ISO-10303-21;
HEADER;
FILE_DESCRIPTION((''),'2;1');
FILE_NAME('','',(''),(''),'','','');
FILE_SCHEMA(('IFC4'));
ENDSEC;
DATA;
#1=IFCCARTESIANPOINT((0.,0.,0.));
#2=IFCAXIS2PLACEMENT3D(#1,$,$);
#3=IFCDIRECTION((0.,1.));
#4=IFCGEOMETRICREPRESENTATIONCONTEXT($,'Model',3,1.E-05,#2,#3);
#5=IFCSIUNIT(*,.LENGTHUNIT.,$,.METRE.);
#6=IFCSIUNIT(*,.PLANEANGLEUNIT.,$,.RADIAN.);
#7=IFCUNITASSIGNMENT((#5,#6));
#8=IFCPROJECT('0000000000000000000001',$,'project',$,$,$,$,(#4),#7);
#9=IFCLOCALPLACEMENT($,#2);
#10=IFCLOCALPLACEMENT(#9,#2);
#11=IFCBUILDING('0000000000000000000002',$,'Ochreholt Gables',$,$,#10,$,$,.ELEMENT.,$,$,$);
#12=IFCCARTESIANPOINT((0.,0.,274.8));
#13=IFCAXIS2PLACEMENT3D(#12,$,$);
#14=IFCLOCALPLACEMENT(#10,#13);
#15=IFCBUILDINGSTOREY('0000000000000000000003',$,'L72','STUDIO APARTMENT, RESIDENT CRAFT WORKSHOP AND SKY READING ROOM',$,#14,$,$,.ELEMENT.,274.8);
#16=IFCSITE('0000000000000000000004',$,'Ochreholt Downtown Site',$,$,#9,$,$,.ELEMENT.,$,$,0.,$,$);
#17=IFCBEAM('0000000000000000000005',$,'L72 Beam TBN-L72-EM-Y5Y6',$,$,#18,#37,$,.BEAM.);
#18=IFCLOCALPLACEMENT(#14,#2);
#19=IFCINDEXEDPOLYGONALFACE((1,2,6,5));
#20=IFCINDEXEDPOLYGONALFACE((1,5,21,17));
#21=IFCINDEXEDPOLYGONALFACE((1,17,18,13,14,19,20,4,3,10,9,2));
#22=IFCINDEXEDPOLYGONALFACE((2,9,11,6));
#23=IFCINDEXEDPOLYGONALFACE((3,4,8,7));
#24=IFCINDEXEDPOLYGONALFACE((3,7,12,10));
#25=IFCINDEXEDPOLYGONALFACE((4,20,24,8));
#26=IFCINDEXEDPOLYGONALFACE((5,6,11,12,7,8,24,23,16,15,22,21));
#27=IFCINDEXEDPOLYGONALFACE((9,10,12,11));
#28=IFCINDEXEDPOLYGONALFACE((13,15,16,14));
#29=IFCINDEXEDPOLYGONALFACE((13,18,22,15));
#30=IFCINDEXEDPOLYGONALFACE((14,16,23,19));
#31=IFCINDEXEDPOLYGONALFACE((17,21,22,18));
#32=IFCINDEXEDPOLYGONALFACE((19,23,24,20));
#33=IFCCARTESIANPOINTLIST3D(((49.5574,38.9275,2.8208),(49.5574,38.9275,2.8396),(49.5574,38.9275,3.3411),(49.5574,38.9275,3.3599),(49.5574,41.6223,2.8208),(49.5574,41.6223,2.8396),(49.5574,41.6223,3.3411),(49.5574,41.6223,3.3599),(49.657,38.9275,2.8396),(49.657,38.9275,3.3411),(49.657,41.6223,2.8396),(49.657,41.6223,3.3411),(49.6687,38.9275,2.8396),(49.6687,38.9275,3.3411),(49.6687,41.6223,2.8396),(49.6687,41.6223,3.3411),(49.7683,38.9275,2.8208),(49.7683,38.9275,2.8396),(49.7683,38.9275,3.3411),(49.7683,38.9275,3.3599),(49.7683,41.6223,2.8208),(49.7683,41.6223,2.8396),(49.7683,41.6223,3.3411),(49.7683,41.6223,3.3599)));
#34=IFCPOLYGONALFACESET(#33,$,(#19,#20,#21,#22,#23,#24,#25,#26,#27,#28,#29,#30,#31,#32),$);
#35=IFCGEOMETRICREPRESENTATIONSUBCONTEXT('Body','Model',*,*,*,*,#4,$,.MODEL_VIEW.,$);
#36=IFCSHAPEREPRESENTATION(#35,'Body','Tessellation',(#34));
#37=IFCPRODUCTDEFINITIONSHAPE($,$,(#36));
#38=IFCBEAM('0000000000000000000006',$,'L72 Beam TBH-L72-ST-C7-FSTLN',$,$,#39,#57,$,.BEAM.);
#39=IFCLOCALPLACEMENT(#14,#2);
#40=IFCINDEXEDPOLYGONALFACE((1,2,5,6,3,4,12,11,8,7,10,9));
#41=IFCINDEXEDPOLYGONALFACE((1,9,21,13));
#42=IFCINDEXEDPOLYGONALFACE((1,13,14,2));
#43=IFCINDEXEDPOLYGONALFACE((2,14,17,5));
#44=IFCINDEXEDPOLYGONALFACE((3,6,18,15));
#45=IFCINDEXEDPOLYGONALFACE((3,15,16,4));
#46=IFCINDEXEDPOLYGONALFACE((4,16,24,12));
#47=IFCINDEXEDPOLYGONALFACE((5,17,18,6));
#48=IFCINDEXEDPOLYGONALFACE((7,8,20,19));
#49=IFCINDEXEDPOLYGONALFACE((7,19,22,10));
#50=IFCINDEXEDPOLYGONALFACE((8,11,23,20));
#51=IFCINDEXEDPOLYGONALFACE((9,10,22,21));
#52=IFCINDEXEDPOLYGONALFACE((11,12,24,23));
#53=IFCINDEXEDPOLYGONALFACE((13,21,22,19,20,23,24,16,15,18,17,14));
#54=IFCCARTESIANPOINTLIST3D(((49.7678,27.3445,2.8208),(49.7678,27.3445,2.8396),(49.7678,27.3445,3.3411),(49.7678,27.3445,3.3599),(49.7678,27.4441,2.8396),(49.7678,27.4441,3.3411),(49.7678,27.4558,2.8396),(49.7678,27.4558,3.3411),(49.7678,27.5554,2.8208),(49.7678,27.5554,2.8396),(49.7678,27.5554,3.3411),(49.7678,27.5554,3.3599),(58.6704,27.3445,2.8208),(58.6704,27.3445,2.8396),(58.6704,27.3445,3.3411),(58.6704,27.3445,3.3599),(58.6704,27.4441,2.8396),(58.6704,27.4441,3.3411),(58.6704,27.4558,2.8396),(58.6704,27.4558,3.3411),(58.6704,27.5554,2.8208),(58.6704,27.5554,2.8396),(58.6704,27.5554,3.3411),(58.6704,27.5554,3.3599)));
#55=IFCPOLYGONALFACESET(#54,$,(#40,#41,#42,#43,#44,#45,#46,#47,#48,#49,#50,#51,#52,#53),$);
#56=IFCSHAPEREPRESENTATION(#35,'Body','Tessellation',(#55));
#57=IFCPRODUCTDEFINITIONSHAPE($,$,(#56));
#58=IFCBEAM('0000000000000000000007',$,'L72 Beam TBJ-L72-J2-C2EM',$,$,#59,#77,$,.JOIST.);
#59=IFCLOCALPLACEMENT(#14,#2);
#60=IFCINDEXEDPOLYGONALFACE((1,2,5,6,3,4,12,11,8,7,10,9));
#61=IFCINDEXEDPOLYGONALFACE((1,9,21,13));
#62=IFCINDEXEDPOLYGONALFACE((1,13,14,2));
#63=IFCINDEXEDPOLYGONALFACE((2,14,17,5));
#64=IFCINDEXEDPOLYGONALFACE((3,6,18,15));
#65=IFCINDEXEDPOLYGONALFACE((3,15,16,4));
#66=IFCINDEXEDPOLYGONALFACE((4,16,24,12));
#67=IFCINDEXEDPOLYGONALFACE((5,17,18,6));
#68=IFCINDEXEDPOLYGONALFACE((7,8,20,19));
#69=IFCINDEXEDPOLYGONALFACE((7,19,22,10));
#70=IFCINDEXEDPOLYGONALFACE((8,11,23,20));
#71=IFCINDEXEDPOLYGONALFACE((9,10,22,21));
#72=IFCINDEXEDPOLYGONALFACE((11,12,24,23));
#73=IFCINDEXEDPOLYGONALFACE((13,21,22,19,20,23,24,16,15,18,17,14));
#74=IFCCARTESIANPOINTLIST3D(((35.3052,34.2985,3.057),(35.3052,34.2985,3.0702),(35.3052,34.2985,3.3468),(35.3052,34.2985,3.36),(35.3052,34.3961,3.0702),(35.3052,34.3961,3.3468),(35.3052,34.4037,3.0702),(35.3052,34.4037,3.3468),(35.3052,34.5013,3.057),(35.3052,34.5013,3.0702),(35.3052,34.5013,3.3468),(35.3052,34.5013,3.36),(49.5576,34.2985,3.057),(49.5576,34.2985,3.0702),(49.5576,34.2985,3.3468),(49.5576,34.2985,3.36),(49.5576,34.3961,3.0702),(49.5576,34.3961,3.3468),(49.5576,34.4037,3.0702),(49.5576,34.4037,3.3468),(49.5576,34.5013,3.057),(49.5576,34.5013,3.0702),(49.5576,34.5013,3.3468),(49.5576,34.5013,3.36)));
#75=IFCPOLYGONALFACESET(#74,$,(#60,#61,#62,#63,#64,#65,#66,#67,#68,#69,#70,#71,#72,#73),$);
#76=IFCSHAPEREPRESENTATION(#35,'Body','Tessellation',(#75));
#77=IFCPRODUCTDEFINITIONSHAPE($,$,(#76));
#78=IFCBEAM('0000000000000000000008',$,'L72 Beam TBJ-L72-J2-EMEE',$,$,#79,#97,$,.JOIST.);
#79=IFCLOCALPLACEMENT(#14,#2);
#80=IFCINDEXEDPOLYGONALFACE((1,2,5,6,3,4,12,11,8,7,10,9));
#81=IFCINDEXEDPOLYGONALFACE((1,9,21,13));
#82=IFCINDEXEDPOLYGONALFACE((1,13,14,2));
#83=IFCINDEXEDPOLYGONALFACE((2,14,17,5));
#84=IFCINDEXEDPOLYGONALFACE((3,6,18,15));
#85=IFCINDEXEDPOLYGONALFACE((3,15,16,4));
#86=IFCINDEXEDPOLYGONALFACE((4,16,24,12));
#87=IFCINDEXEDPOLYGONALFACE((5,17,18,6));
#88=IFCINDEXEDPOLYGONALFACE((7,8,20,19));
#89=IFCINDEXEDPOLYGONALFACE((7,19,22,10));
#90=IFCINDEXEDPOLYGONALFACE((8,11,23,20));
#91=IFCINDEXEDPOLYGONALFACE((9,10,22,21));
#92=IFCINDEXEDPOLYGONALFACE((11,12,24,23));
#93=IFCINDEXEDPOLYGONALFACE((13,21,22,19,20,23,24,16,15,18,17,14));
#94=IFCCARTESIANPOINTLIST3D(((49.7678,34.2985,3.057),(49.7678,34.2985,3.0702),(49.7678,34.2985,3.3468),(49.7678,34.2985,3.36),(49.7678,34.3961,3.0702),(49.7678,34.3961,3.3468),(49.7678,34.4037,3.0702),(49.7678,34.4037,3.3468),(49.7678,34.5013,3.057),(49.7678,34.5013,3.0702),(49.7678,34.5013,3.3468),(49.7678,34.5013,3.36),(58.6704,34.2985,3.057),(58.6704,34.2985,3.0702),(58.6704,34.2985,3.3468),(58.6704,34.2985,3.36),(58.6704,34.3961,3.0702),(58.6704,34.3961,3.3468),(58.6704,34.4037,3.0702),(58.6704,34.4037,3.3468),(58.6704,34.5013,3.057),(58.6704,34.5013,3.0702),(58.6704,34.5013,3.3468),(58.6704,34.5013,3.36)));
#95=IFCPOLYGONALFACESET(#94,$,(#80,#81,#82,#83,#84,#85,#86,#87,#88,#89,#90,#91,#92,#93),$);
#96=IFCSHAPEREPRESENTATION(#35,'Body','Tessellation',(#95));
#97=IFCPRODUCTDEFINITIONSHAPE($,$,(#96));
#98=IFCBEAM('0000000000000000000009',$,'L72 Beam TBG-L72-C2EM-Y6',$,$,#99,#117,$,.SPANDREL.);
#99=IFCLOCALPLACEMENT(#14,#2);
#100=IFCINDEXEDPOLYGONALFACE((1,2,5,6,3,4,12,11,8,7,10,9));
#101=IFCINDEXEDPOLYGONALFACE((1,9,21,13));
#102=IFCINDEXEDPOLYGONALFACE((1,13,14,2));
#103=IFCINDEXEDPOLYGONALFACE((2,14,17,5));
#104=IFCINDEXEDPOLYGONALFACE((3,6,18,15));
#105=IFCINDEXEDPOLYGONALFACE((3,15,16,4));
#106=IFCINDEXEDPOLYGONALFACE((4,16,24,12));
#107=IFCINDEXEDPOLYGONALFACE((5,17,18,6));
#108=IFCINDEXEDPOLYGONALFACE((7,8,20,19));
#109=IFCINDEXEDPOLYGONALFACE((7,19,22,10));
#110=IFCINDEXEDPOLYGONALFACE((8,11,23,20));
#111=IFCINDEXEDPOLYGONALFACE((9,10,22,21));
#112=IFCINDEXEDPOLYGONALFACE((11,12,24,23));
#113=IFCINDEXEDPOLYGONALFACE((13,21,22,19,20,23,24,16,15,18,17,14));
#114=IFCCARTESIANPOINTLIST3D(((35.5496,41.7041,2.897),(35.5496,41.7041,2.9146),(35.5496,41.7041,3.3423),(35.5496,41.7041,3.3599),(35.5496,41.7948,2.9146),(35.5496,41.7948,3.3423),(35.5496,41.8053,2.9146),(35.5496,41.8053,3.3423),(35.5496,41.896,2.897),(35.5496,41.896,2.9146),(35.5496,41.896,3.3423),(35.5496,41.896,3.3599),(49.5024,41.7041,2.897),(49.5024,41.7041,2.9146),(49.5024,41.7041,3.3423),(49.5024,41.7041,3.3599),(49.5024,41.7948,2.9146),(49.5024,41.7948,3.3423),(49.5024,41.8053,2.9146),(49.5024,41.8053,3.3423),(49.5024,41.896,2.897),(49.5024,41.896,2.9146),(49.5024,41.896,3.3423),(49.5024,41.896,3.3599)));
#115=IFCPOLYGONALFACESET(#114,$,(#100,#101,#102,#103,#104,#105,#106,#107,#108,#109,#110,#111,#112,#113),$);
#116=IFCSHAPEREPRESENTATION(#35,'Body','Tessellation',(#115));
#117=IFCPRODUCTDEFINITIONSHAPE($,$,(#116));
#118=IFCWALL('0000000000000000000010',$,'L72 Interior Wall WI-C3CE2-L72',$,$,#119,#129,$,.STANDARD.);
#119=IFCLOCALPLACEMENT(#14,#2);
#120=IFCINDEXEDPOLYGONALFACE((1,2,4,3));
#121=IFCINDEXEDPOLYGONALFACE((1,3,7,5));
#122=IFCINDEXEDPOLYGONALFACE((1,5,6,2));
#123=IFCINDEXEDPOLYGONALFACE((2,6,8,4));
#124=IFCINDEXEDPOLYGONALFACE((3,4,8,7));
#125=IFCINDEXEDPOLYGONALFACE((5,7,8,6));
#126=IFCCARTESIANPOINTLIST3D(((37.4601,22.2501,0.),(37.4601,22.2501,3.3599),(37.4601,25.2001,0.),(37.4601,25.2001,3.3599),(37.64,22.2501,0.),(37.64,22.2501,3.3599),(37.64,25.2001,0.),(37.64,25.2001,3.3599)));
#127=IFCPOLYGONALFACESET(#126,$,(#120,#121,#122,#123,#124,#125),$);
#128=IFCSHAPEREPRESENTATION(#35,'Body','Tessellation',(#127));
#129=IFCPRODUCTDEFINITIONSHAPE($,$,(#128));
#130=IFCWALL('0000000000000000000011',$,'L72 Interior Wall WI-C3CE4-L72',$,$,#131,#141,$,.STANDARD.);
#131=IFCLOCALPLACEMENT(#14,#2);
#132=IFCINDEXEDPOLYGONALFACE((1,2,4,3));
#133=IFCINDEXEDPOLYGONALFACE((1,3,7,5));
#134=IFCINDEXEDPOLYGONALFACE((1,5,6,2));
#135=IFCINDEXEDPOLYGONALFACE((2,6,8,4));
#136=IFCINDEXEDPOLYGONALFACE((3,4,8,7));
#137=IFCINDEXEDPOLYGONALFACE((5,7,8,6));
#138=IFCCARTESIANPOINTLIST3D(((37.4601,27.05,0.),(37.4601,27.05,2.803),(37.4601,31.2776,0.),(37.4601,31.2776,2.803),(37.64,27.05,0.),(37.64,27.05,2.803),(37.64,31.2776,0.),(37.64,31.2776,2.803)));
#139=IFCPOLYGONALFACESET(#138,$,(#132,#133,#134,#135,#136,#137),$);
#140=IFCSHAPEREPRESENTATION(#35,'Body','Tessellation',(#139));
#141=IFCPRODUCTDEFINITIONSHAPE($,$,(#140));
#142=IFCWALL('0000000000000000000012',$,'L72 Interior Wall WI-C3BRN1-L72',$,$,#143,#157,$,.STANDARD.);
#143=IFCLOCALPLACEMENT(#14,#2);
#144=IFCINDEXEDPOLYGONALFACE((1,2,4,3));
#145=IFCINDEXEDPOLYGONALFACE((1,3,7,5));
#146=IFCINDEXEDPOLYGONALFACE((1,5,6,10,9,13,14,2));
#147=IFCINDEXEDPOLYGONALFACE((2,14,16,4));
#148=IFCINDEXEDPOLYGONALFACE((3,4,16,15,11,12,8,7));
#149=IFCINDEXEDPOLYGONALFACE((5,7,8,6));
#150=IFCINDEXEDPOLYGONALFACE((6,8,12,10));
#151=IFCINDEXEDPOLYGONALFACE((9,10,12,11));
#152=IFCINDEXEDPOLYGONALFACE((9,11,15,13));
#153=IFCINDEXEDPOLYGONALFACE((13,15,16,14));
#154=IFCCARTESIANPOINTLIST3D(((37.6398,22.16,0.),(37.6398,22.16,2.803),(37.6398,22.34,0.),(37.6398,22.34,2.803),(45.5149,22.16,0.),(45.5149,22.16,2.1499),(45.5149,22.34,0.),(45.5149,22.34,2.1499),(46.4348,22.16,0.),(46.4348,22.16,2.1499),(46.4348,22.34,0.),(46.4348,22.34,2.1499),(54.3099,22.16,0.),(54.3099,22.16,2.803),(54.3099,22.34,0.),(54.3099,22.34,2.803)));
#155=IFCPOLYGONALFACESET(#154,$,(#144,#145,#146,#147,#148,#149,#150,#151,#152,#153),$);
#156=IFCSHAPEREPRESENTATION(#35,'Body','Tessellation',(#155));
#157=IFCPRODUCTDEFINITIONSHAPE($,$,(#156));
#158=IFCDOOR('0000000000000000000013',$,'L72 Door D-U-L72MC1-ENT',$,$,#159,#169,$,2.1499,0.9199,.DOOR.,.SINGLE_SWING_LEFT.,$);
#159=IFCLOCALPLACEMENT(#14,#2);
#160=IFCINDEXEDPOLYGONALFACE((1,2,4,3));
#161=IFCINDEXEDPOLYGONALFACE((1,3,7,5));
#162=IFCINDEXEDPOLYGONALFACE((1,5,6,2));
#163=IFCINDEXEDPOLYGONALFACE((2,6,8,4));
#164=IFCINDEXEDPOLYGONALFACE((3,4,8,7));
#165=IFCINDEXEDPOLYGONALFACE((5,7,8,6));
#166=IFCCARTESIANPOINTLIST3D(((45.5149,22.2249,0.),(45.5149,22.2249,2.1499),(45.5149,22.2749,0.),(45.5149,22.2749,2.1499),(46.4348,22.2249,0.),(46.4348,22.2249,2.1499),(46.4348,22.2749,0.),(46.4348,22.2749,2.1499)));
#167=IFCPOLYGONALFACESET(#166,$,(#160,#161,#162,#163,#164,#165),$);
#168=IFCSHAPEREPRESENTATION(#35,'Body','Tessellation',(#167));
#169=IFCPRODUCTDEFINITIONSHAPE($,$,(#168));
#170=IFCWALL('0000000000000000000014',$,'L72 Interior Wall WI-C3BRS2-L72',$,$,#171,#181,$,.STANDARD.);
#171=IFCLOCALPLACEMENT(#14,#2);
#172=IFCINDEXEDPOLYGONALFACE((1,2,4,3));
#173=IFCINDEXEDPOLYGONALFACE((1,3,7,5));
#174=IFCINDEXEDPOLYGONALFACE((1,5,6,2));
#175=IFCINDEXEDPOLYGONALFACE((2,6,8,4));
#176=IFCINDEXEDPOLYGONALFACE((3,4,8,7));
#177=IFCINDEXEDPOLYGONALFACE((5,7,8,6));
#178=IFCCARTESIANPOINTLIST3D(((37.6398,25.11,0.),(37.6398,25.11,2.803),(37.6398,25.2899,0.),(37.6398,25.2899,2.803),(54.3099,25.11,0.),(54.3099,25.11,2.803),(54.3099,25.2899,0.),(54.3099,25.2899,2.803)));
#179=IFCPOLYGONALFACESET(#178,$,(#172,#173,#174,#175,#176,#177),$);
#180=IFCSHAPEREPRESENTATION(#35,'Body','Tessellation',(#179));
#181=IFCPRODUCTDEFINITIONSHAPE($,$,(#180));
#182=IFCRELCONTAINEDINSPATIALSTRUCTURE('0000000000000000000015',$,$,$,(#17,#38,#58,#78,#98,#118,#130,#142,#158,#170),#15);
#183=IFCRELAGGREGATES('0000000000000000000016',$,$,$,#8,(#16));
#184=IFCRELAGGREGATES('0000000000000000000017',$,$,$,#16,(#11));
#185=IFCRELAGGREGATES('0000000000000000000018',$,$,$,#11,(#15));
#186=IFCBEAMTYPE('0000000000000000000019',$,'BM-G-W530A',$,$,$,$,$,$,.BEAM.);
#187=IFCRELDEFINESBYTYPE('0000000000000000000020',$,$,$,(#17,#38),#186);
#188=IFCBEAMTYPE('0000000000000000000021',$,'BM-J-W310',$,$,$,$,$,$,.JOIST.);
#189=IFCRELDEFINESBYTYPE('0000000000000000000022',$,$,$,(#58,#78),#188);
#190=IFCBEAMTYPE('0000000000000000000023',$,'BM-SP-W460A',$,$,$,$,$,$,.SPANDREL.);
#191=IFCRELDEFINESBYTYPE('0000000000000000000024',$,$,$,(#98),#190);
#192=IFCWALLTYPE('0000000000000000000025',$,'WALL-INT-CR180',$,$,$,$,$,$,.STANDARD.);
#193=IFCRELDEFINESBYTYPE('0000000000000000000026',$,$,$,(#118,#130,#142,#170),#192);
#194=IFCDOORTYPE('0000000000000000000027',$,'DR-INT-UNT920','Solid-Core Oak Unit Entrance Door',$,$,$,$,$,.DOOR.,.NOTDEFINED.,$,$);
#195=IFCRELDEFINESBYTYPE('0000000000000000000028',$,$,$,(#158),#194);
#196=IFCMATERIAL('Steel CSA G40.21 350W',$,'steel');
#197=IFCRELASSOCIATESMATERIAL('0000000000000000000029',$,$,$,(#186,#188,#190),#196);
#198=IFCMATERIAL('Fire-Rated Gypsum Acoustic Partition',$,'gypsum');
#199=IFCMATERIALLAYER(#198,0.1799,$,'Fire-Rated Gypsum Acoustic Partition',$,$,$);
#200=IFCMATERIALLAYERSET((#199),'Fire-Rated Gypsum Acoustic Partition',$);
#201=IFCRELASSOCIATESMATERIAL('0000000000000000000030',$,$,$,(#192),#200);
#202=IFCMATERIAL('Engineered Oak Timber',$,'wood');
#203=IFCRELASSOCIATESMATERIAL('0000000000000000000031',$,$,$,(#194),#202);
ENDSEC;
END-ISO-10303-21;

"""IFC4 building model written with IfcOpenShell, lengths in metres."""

from ifc_helpers import new_model, si_unit, direction, frame, frame_2d, origin, origin_2d, place, context, subcontext, project, spatial, rectangle, i_section, extrude, material, layer, layer_set, material_profile, profile_set, type_object, element, fill, save


model = new_model("IFC4")

# Units and contexts
model_context = context("Model", 3, precision=1e-05, world=origin(), true_north=direction((0.0, 1.0)))
body_context = subcontext(model_context, "Body", "Model", "MODEL_VIEW")
ifc_project = project(units=[si_unit("LENGTHUNIT", "METRE"), si_unit("PLANEANGLEUNIT", "RADIAN")], contexts=[model_context])

# Site, building, storey
site_placement = place(None, origin())
site = spatial("IfcSite", under=ifc_project, at=site_placement, Name="Ochreholt Downtown Site", CompositionType="ELEMENT", RefElevation=0.0)
building_placement = place(site_placement, origin())
building = spatial("IfcBuilding", under=site, at=building_placement, Name="Ochreholt Gables", CompositionType="ELEMENT")
storey_placement = place(building_placement, frame((0.0, 0.0, 274.8)))
storey = spatial("IfcBuildingStorey", under=building, at=storey_placement, Name="L72", Description="STUDIO APARTMENT, RESIDENT CRAFT WORKSHOP AND SKY READING ROOM", CompositionType="ELEMENT", Elevation=274.8)

# Shared definitions
ifc_material_1 = material(Name="Steel CSA G40.21 350W", Category="steel")

# Beams
ifc_material_profile_1 = material_profile(ifc_material_1, i_section(OverallWidth=0.2109, OverallDepth=0.5391, WebThickness=0.0117, FlangeThickness=0.0188, at=origin_2d()), Name="W530X109")
ifc_profile_set_1 = profile_set([ifc_material_profile_1], Name="Steel CSA G40.21 350W")
beam_type_1 = type_object("IfcBeamType", Name="BM-G-W530A", PredefinedType="BEAM", material=ifc_profile_set_1)
beam_1_placement = place(storey_placement, frame((49.6628, 38.9275, 3.0903), z_axis=(0.0, 1.0, 0.0), x_axis=(-1.0, 0.0, 0.0)))
element("IfcBeam", 1, at=beam_1_placement, inside=storey, type_object=beam_type_1, Name="L72 Beam TBN-L72-EM-Y5Y6", PredefinedType="BEAM", context=body_context, shape_type="SweptSolid", body=[
    extrude(i_section(OverallWidth=0.2109, OverallDepth=0.5391, WebThickness=0.0117, FlangeThickness=0.0188, at=origin_2d()), origin(), (0.0, 0.0, 1.0), 2.6948),
])
beam_2_placement = place(storey_placement, frame((49.7678, 27.45, 3.0903), z_axis=(1.0, 0.0, 0.0), x_axis=(0.0, 1.0, 0.0)))
element("IfcBeam", 2, at=beam_2_placement, inside=storey, type_object=beam_type_1, Name="L72 Beam TBH-L72-ST-C7-FSTLN", PredefinedType="BEAM", context=body_context, shape_type="SweptSolid", body=[
    extrude(i_section(OverallWidth=0.2109, OverallDepth=0.5391, WebThickness=0.0117, FlangeThickness=0.0188, at=origin_2d()), origin(), (0.0, 0.0, 1.0), 8.9026),
])
ifc_material_profile_2 = material_profile(ifc_material_1, i_section(OverallWidth=0.2029, OverallDepth=0.303, WebThickness=0.0076, FlangeThickness=0.0132, at=origin_2d()), Name="W310X60")
ifc_profile_set_2 = profile_set([ifc_material_profile_2], Name="Steel CSA G40.21 350W")
beam_type_2 = type_object("IfcBeamType", Name="BM-J-W310", PredefinedType="JOIST", material=ifc_profile_set_2)
beam_3_placement = place(storey_placement, frame((35.3052, 34.3999, 3.2085), z_axis=(1.0, 0.0, 0.0), x_axis=(0.0, 1.0, 0.0)))
element("IfcBeam", 3, at=beam_3_placement, inside=storey, type_object=beam_type_2, Name="L72 Beam TBJ-L72-J2-C2EM", PredefinedType="JOIST", context=body_context, shape_type="SweptSolid", body=[
    extrude(i_section(OverallWidth=0.2029, OverallDepth=0.303, WebThickness=0.0076, FlangeThickness=0.0132, at=origin_2d()), origin(), (0.0, 0.0, 1.0), 14.2524),
])
beam_4_placement = place(storey_placement, frame((49.7678, 34.3999, 3.2085), z_axis=(1.0, 0.0, 0.0), x_axis=(0.0, 1.0, 0.0)))
element("IfcBeam", 4, at=beam_4_placement, inside=storey, type_object=beam_type_2, Name="L72 Beam TBJ-L72-J2-EMEE", PredefinedType="JOIST", context=body_context, shape_type="SweptSolid", body=[
    extrude(i_section(OverallWidth=0.2029, OverallDepth=0.303, WebThickness=0.0076, FlangeThickness=0.0132, at=origin_2d()), origin(), (0.0, 0.0, 1.0), 8.9026),
])
ifc_material_profile_3 = material_profile(ifc_material_1, i_section(OverallWidth=0.1919, OverallDepth=0.4629, WebThickness=0.0105, FlangeThickness=0.0176, at=origin_2d()), Name="W460X89")
ifc_profile_set_3 = profile_set([ifc_material_profile_3], Name="Steel CSA G40.21 350W")
beam_type_3 = type_object("IfcBeamType", Name="BM-SP-W460A", PredefinedType="SPANDREL", material=ifc_profile_set_3)
beam_5_placement = place(storey_placement, frame((35.5496, 41.8, 3.1284), z_axis=(1.0, 0.0, 0.0), x_axis=(0.0, 1.0, 0.0)))
element("IfcBeam", 5, at=beam_5_placement, inside=storey, type_object=beam_type_3, Name="L72 Beam TBG-L72-C2EM-Y6", PredefinedType="SPANDREL", context=body_context, shape_type="SweptSolid", body=[
    extrude(i_section(OverallWidth=0.1919, OverallDepth=0.4629, WebThickness=0.0105, FlangeThickness=0.0176, at=origin_2d()), origin(), (0.0, 0.0, 1.0), 13.9529),
])

# Walls
ifc_material_2 = material(Name="Fire-Rated Gypsum Acoustic Partition", Category="gypsum")
ifc_layer_1 = layer(ifc_material_2, 0.1799, Name="Fire-Rated Gypsum Acoustic Partition")
ifc_layer_set_1 = layer_set([ifc_layer_1], Name="Fire-Rated Gypsum Acoustic Partition")
wall_type_1 = type_object("IfcWallType", Name="WALL-INT-CR180", PredefinedType="STANDARD", material=ifc_layer_set_1)
wall_1_placement = place(storey_placement, frame((37.55, 22.25, 0.0), z_axis=(0.0, 0.0, 1.0), x_axis=(0.0, 1.0, 0.0)))
element("IfcWall", 6, at=wall_1_placement, inside=storey, type_object=wall_type_1, Name="L72 Interior Wall WI-C3CE2-L72", PredefinedType="STANDARD", context=body_context, shape_type="SweptSolid", body=[
    extrude(rectangle(XDim=2.95, YDim=0.1799, at=frame_2d((1.4751, 0.0))), origin(), (0.0, 0.0, 1.0), 3.3599),
])
wall_2_placement = place(storey_placement, frame((37.55, 27.05, 0.0), z_axis=(0.0, 0.0, 1.0), x_axis=(0.0, 1.0, 0.0)))
element("IfcWall", 7, at=wall_2_placement, inside=storey, type_object=wall_type_1, Name="L72 Interior Wall WI-C3CE4-L72", PredefinedType="STANDARD", context=body_context, shape_type="SweptSolid", body=[
    extrude(rectangle(XDim=4.2275, YDim=0.1799, at=frame_2d((2.1138, 0.0))), origin(), (0.0, 0.0, 1.0), 2.803),
])

# Wall, opening, door
wall_3_placement = place(storey_placement, frame((37.6399, 22.25, 0.0), z_axis=(0.0, 0.0, 1.0), x_axis=(1.0, 0.0, 0.0)))
wall_3 = element("IfcWall", 8, at=wall_3_placement, inside=storey, type_object=wall_type_1, Name="L72 Interior Wall WI-C3BRN1-L72", PredefinedType="STANDARD", context=body_context, shape_type="SweptSolid", body=[
    extrude(rectangle(XDim=16.6702, YDim=0.1799, at=frame_2d((8.335, 0.0))), origin(), (0.0, 0.0, 1.0), 2.803),
])
opening_1_placement = place(wall_3_placement, frame((7.875, 0.0, 0.0)))
opening_1 = element("IfcOpeningElement", 9, at=opening_1_placement, cuts=wall_3, PredefinedType="OPENING", context=body_context, shape_type="SweptSolid", body=[
    extrude(rectangle(XDim=0.9199, YDim=2.1499, at=frame_2d((0.46, 1.075))), frame((0.0, 0.0999, 0.0), z_axis=(0.0, -1.0, 0.0), x_axis=(1.0, 0.0, 0.0)), (0.0, 0.0, 1.0), 0.2),
])
ifc_material_3 = material(Name="Engineered Oak Timber", Category="wood")
door_type_1 = type_object("IfcDoorType", Name="DR-INT-UNT920", Description="Solid-Core Oak Unit Entrance Door", OperationType="NOTDEFINED", PredefinedType="DOOR", material=ifc_material_3)
door_1_placement = place(opening_1_placement, origin())
door_1 = element("IfcDoor", 10, at=door_1_placement, inside=storey, type_object=door_type_1, Name="L72 Door D-U-L72MC1-ENT", OperationType="SINGLE_SWING_LEFT", OverallHeight=2.1499, OverallWidth=0.9199, PredefinedType="DOOR", context=body_context, shape_type="SweptSolid", body=[
    extrude(rectangle(XDim=0.9199, YDim=2.1499, at=frame_2d((0.46, 1.075))), frame((0.0, 0.0249, 0.0), z_axis=(0.0, -1.0, 0.0), x_axis=(1.0, 0.0, 0.0)), (0.0, 0.0, 1.0), 0.05),
])
fill(opening_1, door_1)

# Wall
wall_4_placement = place(storey_placement, frame((37.6399, 25.2, 0.0), z_axis=(0.0, 0.0, 1.0), x_axis=(1.0, 0.0, 0.0)))
element("IfcWall", 11, at=wall_4_placement, inside=storey, type_object=wall_type_1, Name="L72 Interior Wall WI-C3BRS2-L72", PredefinedType="STANDARD", context=body_context, shape_type="SweptSolid", body=[
    extrude(rectangle(XDim=16.6702, YDim=0.1799, at=frame_2d((8.335, 0.0))), origin(), (0.0, 0.0, 1.0), 2.803),
])

save(model, "model.ifc")
